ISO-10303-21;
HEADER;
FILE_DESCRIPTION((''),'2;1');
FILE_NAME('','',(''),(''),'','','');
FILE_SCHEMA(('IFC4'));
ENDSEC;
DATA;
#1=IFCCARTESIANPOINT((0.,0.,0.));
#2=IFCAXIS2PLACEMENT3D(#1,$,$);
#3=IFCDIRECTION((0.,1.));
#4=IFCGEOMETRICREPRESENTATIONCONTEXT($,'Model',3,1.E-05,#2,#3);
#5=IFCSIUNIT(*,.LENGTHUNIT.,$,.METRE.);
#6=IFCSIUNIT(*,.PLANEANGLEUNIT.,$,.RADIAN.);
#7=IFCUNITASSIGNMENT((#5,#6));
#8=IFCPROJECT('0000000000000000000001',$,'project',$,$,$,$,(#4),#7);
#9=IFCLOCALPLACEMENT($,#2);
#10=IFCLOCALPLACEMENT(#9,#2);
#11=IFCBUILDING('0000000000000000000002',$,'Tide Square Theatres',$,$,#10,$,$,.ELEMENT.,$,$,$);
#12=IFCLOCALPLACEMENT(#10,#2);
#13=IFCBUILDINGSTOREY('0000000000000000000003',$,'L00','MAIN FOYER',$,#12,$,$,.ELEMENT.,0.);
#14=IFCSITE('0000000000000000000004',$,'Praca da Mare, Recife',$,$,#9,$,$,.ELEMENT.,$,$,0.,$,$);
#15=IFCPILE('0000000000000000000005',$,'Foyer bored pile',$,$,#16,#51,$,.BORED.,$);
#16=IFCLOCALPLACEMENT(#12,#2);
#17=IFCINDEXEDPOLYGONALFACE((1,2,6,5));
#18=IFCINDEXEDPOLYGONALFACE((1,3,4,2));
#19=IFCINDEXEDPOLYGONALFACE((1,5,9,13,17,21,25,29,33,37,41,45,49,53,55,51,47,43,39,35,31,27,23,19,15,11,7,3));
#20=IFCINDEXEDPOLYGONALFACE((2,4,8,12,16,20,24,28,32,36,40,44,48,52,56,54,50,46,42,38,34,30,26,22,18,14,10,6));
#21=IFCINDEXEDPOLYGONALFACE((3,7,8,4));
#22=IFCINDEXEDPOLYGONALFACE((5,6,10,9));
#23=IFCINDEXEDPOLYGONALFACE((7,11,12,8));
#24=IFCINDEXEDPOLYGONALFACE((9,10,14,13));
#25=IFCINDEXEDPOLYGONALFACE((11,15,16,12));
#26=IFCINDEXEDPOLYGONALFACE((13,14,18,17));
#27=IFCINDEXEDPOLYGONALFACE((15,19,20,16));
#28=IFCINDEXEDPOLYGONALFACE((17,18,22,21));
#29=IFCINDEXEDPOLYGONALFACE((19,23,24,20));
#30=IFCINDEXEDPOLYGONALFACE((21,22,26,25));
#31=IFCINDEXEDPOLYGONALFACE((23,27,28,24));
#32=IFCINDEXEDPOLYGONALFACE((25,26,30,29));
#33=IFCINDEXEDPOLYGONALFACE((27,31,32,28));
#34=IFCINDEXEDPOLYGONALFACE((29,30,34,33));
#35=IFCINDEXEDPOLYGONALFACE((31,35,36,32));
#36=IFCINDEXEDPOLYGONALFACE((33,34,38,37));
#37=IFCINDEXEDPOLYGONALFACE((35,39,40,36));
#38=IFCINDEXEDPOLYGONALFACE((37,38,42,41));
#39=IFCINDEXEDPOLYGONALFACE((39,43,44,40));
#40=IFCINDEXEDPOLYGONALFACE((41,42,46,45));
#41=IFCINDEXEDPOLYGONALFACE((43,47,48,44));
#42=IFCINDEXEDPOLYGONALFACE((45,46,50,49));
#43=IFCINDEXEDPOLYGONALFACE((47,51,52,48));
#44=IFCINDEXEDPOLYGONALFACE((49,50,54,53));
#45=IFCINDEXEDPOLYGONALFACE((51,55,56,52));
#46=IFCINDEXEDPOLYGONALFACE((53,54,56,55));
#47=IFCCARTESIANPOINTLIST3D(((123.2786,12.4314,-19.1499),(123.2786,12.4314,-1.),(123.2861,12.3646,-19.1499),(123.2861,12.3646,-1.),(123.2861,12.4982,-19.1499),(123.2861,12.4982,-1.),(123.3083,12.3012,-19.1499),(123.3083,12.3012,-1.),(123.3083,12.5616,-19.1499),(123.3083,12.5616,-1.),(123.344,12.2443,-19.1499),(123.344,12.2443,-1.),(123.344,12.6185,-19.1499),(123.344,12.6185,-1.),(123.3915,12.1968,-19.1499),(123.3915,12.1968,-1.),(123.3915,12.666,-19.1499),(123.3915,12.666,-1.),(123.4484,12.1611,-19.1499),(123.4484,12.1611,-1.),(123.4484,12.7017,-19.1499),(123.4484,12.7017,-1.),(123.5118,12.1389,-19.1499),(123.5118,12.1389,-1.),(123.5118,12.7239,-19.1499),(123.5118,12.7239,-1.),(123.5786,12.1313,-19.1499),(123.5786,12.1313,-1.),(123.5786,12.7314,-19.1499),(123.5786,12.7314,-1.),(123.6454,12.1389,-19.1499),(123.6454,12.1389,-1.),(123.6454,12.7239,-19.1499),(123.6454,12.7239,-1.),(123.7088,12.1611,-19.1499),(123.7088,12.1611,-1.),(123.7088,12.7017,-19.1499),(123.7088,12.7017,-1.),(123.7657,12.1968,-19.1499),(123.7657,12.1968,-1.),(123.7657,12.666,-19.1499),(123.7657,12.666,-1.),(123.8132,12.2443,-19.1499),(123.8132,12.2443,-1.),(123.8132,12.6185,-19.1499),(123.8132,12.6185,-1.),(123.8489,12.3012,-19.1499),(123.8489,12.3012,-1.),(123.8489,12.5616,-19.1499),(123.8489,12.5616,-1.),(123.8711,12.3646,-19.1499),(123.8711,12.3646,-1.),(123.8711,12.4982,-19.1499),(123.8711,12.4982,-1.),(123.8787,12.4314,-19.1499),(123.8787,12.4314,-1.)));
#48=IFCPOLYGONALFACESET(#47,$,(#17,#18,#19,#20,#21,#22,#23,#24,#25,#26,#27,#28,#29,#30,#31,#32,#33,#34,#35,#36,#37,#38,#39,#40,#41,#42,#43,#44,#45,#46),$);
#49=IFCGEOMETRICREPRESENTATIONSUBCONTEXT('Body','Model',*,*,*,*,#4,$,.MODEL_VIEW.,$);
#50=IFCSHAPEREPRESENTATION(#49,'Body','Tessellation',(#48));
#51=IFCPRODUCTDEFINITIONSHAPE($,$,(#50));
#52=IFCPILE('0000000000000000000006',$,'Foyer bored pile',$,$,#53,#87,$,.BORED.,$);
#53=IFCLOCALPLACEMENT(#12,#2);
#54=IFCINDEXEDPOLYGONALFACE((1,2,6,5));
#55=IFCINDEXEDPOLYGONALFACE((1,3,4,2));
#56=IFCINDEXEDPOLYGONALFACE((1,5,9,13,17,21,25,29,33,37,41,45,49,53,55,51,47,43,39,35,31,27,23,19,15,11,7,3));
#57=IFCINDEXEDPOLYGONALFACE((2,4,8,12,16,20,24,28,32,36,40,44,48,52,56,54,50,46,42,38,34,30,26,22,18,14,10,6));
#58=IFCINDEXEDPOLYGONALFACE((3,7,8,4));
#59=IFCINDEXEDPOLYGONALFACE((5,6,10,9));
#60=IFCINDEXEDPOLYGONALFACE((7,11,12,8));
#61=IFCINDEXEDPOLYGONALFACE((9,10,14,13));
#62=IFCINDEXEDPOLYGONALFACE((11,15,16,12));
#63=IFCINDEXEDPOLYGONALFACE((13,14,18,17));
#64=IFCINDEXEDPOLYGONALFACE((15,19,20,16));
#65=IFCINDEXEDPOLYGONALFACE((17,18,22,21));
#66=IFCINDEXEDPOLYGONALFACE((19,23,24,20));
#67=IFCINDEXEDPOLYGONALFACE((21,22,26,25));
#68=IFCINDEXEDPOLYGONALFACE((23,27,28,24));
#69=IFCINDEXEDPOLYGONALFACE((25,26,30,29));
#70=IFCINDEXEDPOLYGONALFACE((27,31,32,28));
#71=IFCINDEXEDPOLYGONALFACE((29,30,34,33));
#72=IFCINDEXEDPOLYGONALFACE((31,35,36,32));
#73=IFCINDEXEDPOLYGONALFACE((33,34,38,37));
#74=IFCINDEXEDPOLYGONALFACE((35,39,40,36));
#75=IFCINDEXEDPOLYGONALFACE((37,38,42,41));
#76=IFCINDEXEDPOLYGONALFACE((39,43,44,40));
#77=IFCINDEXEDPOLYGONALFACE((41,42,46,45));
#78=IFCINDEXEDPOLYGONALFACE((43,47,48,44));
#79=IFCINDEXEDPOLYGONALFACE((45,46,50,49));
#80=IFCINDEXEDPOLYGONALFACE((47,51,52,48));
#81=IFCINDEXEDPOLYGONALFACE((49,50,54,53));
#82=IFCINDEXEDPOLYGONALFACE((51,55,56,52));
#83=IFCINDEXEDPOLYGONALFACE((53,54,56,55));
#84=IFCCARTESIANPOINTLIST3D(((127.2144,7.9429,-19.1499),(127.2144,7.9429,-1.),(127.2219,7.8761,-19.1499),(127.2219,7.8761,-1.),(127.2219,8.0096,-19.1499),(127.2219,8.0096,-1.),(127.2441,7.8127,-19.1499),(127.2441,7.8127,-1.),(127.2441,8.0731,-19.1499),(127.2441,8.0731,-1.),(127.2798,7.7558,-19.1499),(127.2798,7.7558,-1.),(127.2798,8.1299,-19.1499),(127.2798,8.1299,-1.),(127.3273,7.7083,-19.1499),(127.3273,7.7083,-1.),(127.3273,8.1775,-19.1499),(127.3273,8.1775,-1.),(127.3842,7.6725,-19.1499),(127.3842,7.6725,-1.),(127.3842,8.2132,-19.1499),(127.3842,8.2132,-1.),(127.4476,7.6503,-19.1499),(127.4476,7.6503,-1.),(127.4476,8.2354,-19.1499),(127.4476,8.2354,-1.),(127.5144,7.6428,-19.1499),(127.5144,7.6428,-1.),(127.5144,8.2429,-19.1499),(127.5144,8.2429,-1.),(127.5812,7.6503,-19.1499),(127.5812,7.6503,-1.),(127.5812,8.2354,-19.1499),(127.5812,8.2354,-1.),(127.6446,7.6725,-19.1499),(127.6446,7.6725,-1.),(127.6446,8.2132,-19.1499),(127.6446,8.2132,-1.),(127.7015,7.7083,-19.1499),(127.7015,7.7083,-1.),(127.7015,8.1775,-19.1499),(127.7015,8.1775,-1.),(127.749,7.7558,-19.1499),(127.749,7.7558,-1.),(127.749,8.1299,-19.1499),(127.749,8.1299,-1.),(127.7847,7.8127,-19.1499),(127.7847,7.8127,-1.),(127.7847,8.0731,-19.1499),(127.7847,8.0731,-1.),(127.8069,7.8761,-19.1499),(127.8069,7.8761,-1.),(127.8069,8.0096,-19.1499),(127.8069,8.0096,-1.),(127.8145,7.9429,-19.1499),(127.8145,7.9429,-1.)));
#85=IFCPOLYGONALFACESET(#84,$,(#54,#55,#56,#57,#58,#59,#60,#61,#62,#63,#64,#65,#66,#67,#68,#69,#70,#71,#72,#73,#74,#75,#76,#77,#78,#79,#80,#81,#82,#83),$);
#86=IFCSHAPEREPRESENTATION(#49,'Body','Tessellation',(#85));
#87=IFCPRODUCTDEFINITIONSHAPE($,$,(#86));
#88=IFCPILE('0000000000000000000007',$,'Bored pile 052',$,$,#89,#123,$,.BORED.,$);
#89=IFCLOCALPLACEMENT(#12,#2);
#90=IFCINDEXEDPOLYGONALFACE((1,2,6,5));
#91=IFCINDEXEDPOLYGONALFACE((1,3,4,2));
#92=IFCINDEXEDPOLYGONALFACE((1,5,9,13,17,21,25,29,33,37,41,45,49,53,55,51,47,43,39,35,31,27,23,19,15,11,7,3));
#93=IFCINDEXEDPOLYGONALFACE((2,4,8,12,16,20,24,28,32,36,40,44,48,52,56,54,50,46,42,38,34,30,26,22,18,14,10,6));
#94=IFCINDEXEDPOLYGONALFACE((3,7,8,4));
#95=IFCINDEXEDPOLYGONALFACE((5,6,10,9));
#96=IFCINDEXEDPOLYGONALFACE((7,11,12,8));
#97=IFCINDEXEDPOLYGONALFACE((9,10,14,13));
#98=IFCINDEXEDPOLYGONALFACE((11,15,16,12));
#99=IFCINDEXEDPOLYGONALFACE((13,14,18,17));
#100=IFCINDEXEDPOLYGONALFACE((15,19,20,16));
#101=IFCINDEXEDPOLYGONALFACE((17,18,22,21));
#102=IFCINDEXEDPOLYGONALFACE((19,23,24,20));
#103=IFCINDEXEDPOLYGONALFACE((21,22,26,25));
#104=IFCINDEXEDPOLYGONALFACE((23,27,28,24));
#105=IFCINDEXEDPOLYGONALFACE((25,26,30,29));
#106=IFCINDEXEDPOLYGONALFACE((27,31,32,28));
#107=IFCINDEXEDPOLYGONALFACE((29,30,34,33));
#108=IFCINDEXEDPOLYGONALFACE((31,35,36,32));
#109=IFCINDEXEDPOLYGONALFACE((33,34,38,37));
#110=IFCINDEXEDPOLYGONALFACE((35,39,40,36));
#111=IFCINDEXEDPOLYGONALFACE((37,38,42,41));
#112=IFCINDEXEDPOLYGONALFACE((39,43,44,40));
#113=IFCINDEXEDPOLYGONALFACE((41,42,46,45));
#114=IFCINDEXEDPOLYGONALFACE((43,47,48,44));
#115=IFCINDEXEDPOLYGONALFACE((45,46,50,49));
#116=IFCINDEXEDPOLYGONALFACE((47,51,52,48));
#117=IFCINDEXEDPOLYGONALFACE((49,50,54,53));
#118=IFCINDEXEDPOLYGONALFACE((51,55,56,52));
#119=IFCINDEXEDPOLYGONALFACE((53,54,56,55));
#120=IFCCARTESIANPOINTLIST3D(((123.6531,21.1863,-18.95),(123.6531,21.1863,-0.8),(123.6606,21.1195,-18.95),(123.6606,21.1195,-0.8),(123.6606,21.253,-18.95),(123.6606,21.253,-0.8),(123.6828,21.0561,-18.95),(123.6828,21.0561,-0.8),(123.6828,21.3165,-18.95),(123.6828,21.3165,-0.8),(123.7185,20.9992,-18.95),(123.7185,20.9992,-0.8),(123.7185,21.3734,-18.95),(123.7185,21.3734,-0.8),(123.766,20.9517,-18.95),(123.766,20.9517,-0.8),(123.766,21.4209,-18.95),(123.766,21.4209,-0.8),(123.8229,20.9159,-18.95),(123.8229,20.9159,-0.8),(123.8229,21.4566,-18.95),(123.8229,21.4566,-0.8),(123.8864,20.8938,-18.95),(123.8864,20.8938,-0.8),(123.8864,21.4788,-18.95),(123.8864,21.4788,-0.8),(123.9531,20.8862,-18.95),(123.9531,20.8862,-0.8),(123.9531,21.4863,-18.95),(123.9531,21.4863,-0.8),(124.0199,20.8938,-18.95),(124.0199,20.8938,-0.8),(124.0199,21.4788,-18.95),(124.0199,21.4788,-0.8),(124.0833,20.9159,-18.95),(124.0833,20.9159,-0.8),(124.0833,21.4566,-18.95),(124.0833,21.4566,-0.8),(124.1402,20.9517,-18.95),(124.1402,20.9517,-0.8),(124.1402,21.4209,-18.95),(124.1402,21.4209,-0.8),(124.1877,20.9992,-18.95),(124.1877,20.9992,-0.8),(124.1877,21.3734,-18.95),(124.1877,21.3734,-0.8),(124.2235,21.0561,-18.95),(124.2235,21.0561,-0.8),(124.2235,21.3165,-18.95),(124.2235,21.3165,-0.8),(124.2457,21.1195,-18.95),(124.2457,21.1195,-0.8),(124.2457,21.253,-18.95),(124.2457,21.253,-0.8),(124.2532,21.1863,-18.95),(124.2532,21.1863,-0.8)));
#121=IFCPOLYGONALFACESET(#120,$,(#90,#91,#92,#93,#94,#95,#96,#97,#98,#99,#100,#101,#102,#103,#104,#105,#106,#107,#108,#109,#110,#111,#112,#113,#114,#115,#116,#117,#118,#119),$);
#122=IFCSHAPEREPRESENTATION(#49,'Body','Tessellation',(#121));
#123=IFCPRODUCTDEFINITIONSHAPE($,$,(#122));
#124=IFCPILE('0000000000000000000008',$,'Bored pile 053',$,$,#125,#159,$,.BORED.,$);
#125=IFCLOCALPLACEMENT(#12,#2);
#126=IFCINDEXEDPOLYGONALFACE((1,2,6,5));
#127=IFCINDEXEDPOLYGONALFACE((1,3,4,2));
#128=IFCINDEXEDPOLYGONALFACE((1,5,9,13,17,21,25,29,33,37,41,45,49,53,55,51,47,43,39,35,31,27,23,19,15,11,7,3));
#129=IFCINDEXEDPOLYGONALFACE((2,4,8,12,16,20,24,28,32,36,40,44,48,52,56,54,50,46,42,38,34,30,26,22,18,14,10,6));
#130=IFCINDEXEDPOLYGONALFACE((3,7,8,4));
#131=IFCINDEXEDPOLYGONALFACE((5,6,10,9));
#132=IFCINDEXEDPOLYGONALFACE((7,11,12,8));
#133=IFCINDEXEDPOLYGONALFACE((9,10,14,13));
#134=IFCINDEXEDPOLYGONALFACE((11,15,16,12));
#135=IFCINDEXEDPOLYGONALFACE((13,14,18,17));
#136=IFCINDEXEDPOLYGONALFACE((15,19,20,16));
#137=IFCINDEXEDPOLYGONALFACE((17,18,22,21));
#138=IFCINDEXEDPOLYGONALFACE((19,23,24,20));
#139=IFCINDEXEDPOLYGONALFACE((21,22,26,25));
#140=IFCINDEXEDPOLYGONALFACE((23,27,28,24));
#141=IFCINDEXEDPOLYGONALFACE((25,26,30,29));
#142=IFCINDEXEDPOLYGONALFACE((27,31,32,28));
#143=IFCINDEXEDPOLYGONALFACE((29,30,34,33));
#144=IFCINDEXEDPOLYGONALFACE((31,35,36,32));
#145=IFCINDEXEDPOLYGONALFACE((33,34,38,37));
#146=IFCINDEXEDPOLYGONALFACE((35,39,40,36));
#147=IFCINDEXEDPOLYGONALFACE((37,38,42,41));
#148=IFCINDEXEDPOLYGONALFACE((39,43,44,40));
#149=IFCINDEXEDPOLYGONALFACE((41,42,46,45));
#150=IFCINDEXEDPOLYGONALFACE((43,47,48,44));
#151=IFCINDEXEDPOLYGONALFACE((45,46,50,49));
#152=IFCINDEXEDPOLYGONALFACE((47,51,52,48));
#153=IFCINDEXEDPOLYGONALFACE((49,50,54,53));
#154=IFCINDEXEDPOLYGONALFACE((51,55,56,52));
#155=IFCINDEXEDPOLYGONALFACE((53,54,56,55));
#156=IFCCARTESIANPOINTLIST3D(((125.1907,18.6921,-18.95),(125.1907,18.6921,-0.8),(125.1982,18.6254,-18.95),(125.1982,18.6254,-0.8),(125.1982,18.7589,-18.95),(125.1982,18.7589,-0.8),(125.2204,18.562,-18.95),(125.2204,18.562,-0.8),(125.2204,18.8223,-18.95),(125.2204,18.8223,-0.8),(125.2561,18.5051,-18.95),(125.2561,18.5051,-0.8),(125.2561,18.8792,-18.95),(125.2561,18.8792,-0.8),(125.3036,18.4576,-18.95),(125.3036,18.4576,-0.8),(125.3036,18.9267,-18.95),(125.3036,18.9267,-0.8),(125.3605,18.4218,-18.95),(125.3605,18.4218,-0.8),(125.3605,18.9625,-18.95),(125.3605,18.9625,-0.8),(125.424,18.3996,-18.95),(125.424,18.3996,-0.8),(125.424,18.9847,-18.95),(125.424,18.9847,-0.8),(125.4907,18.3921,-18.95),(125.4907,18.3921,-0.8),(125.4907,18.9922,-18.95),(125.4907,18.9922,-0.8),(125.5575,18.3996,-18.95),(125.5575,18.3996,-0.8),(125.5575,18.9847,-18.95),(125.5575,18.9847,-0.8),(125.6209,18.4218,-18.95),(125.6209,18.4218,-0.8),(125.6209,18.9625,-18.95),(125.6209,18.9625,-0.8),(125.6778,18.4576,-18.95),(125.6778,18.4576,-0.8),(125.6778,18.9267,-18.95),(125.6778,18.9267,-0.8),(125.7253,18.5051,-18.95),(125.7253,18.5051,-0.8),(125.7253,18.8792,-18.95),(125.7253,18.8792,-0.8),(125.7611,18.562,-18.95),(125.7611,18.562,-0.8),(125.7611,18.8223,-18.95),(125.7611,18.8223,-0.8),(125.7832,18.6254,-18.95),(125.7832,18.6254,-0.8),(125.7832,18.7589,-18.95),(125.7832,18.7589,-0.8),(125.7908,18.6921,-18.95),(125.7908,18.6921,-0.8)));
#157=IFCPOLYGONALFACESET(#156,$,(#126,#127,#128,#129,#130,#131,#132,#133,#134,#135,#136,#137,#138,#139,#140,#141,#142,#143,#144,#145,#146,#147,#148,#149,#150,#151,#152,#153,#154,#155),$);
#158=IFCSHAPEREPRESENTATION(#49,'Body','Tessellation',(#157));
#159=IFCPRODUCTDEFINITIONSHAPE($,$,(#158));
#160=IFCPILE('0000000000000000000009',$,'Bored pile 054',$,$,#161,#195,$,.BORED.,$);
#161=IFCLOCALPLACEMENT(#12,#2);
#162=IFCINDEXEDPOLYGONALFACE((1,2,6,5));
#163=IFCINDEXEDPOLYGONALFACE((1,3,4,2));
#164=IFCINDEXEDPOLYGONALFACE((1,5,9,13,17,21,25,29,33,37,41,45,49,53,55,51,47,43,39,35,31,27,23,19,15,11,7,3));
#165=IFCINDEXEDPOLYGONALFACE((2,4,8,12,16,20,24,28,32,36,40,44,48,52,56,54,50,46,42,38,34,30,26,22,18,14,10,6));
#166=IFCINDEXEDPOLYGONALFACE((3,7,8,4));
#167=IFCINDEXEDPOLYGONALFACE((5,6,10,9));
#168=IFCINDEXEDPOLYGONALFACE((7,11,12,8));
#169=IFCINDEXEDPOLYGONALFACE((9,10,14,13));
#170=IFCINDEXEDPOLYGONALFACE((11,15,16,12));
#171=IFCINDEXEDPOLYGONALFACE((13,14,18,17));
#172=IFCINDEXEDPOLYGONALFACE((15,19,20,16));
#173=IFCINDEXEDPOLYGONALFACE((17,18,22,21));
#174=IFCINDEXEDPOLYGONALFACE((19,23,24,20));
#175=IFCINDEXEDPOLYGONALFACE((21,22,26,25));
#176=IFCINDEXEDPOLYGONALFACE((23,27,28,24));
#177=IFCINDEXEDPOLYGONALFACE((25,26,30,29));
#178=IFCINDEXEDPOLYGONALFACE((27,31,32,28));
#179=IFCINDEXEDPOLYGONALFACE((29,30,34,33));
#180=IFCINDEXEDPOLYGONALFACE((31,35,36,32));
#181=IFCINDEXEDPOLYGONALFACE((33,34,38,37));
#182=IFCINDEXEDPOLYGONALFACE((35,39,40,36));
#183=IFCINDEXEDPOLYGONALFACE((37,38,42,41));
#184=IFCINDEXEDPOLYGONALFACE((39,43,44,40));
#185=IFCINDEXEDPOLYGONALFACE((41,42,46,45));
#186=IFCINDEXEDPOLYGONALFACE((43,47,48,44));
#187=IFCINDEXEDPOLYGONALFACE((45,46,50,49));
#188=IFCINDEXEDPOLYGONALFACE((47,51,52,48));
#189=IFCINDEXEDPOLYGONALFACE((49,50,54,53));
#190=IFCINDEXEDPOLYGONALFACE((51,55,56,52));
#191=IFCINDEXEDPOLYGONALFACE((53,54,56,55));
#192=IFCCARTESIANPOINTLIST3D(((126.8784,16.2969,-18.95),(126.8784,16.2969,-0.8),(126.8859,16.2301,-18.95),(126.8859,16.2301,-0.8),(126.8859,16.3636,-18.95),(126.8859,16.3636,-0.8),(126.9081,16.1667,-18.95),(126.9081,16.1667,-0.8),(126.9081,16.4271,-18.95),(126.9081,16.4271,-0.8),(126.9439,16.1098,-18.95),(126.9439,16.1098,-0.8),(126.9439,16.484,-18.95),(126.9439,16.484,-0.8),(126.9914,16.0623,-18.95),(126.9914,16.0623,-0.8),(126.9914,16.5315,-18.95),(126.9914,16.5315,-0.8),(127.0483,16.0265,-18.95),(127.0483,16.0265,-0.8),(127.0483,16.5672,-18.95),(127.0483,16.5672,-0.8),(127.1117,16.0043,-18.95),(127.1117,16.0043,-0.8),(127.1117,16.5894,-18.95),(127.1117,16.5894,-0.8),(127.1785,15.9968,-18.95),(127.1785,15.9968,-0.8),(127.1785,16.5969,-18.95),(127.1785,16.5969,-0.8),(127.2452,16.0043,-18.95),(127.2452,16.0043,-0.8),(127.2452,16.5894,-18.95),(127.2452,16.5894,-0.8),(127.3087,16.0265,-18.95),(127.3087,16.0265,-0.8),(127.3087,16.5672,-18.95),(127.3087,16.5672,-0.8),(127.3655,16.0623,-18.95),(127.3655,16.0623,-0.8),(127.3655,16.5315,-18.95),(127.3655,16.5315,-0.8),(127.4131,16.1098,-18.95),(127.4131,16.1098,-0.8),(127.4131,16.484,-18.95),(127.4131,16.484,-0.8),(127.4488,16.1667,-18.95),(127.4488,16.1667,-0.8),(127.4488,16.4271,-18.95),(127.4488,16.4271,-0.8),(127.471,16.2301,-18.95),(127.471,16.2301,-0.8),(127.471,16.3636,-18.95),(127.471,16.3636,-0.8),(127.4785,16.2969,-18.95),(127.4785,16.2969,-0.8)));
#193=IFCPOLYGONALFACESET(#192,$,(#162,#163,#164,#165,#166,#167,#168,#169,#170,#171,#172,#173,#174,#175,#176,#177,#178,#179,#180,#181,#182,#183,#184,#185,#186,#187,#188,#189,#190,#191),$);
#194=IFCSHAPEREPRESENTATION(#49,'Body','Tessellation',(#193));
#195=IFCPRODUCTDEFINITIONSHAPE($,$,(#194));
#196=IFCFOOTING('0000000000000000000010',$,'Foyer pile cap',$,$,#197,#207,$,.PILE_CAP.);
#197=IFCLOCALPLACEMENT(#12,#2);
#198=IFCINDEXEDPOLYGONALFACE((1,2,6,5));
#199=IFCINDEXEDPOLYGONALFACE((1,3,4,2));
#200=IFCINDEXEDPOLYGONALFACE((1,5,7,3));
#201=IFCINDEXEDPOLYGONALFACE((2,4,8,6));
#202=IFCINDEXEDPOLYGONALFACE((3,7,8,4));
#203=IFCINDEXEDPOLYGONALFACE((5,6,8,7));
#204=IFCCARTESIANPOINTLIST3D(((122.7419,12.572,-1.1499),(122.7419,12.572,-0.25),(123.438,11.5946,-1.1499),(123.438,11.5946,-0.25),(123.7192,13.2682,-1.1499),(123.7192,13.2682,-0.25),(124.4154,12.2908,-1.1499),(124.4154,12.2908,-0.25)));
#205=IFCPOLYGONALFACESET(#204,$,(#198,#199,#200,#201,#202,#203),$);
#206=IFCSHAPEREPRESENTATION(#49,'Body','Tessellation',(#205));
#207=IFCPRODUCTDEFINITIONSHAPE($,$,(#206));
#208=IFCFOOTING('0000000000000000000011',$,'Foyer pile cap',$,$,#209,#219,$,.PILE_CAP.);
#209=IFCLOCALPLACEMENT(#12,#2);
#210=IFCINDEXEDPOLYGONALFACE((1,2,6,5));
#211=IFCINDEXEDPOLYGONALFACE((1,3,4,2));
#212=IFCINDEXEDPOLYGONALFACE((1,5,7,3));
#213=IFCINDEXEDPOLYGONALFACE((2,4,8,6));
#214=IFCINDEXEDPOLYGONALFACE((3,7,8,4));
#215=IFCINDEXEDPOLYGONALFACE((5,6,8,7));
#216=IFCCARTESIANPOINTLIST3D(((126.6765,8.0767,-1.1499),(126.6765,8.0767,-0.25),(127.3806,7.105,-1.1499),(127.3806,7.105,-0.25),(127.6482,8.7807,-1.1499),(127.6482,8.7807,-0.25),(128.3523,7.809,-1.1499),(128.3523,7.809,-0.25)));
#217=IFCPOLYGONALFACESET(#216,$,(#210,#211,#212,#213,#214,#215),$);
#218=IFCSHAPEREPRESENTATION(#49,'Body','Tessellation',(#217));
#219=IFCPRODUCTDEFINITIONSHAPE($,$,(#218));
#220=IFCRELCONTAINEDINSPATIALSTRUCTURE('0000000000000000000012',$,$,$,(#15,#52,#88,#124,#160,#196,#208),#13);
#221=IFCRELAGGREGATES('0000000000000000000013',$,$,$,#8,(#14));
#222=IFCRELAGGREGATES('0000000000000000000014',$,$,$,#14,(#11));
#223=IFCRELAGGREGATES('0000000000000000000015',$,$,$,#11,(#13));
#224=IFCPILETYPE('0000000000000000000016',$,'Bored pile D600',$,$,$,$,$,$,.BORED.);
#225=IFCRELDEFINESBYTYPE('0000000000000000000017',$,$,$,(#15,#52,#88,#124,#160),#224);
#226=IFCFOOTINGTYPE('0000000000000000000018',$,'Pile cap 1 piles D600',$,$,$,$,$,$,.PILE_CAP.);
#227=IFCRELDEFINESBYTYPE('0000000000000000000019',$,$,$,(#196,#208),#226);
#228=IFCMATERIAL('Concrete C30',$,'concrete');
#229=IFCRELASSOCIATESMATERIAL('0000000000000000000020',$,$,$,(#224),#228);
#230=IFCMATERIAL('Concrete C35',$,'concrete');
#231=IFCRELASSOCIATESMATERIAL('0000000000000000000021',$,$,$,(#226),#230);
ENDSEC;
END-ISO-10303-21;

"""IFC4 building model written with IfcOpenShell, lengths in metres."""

from ifc_helpers import new_model, si_unit, direction, frame, origin, origin_2d, place, context, subcontext, project, spatial, rectangle, circle, extrude, material, material_profile, profile_set, type_object, element, save


model = new_model("IFC4")

# Units and contexts
model_context = context("Model", 3, precision=1e-05, world=origin(), true_north=direction((0.0, 1.0)))
body_context = subcontext(model_context, "Body", "Model", "MODEL_VIEW")
ifc_project = project(units=[si_unit("LENGTHUNIT", "METRE"), si_unit("PLANEANGLEUNIT", "RADIAN")], contexts=[model_context])

# Site, building, storey
site_placement = place(None, origin())
site = spatial("IfcSite", under=ifc_project, at=site_placement, Name="Praca da Mare, Recife", CompositionType="ELEMENT", RefElevation=0.0)
building_placement = place(site_placement, origin())
building = spatial("IfcBuilding", under=site, at=building_placement, Name="Tide Square Theatres", CompositionType="ELEMENT")
storey_placement = place(building_placement, origin())
storey = spatial("IfcBuildingStorey", under=building, at=storey_placement, Name="L00", Description="MAIN FOYER", CompositionType="ELEMENT", Elevation=0.0)

# Piles
ifc_material_1 = material(Name="Concrete C30", Category="concrete")
ifc_material_profile_1 = material_profile(ifc_material_1, circle(Radius=0.3, at=origin_2d()))
ifc_profile_set_1 = profile_set([ifc_material_profile_1], Name="Concrete C30")
pile_type = type_object("IfcPileType", Name="Bored pile D600", PredefinedType="BORED", material=ifc_profile_set_1)
for number, where, z_axis, x_axis, name in (
    (1, (123.5786, 12.4314, -1.0), (0.0, 0.0, -1.0), (1.0, 0.0, 0.0), "Foyer bored pile"),
    (2, (127.5144, 7.9429, -1.0), (0.0, 0.0, -1.0), (1.0, 0.0, 0.0), "Foyer bored pile"),
    (3, (123.9531, 21.1863, -0.8), (0.0, 0.0, -1.0), (1.0, 0.0, 0.0), "Bored pile 052"),
    (4, (125.4907, 18.6921, -0.8), (0.0, 0.0, -1.0), (1.0, 0.0, 0.0), "Bored pile 053"),
    (5, (127.1785, 16.2969, -0.8), (0.0, 0.0, -1.0), (1.0, 0.0, 0.0), "Bored pile 054"),
):
    element("IfcPile", number, at=place(storey_placement, frame(where, z_axis=z_axis, x_axis=x_axis)), inside=storey, type_object=pile_type, Name=name, PredefinedType="BORED", context=body_context, shape_type="SweptSolid", body=[
        extrude(circle(Radius=0.3, at=origin_2d()), origin(), (0.0, 0.0, 1.0), 18.1499),
    ])

# Footings
ifc_material_2 = material(Name="Concrete C35", Category="concrete")
footing_type = type_object("IfcFootingType", Name="Pile cap 1 piles D600", PredefinedType="PILE_CAP", material=ifc_material_2)
for number, where, z_axis, x_axis, name in (
    (6, (123.5786, 12.4314, -1.1499), (0.0, 0.0, 1.0), (0.814518, 0.580139, 0.0), "Foyer pile cap"),
    (7, (127.5144, 7.9429, -1.1499), (0.0, 0.0, 1.0), (0.809784, 0.586729, 0.0), "Foyer pile cap"),
):
    element("IfcFooting", number, at=place(storey_placement, frame(where, z_axis=z_axis, x_axis=x_axis)), inside=storey, type_object=footing_type, Name=name, PredefinedType="PILE_CAP", context=body_context, shape_type="SweptSolid", body=[
        extrude(rectangle(XDim=1.2, YDim=1.2, at=origin_2d()), origin(), (0.0, 0.0, 1.0), 0.8999),
    ])

save(model, "model.ifc")
